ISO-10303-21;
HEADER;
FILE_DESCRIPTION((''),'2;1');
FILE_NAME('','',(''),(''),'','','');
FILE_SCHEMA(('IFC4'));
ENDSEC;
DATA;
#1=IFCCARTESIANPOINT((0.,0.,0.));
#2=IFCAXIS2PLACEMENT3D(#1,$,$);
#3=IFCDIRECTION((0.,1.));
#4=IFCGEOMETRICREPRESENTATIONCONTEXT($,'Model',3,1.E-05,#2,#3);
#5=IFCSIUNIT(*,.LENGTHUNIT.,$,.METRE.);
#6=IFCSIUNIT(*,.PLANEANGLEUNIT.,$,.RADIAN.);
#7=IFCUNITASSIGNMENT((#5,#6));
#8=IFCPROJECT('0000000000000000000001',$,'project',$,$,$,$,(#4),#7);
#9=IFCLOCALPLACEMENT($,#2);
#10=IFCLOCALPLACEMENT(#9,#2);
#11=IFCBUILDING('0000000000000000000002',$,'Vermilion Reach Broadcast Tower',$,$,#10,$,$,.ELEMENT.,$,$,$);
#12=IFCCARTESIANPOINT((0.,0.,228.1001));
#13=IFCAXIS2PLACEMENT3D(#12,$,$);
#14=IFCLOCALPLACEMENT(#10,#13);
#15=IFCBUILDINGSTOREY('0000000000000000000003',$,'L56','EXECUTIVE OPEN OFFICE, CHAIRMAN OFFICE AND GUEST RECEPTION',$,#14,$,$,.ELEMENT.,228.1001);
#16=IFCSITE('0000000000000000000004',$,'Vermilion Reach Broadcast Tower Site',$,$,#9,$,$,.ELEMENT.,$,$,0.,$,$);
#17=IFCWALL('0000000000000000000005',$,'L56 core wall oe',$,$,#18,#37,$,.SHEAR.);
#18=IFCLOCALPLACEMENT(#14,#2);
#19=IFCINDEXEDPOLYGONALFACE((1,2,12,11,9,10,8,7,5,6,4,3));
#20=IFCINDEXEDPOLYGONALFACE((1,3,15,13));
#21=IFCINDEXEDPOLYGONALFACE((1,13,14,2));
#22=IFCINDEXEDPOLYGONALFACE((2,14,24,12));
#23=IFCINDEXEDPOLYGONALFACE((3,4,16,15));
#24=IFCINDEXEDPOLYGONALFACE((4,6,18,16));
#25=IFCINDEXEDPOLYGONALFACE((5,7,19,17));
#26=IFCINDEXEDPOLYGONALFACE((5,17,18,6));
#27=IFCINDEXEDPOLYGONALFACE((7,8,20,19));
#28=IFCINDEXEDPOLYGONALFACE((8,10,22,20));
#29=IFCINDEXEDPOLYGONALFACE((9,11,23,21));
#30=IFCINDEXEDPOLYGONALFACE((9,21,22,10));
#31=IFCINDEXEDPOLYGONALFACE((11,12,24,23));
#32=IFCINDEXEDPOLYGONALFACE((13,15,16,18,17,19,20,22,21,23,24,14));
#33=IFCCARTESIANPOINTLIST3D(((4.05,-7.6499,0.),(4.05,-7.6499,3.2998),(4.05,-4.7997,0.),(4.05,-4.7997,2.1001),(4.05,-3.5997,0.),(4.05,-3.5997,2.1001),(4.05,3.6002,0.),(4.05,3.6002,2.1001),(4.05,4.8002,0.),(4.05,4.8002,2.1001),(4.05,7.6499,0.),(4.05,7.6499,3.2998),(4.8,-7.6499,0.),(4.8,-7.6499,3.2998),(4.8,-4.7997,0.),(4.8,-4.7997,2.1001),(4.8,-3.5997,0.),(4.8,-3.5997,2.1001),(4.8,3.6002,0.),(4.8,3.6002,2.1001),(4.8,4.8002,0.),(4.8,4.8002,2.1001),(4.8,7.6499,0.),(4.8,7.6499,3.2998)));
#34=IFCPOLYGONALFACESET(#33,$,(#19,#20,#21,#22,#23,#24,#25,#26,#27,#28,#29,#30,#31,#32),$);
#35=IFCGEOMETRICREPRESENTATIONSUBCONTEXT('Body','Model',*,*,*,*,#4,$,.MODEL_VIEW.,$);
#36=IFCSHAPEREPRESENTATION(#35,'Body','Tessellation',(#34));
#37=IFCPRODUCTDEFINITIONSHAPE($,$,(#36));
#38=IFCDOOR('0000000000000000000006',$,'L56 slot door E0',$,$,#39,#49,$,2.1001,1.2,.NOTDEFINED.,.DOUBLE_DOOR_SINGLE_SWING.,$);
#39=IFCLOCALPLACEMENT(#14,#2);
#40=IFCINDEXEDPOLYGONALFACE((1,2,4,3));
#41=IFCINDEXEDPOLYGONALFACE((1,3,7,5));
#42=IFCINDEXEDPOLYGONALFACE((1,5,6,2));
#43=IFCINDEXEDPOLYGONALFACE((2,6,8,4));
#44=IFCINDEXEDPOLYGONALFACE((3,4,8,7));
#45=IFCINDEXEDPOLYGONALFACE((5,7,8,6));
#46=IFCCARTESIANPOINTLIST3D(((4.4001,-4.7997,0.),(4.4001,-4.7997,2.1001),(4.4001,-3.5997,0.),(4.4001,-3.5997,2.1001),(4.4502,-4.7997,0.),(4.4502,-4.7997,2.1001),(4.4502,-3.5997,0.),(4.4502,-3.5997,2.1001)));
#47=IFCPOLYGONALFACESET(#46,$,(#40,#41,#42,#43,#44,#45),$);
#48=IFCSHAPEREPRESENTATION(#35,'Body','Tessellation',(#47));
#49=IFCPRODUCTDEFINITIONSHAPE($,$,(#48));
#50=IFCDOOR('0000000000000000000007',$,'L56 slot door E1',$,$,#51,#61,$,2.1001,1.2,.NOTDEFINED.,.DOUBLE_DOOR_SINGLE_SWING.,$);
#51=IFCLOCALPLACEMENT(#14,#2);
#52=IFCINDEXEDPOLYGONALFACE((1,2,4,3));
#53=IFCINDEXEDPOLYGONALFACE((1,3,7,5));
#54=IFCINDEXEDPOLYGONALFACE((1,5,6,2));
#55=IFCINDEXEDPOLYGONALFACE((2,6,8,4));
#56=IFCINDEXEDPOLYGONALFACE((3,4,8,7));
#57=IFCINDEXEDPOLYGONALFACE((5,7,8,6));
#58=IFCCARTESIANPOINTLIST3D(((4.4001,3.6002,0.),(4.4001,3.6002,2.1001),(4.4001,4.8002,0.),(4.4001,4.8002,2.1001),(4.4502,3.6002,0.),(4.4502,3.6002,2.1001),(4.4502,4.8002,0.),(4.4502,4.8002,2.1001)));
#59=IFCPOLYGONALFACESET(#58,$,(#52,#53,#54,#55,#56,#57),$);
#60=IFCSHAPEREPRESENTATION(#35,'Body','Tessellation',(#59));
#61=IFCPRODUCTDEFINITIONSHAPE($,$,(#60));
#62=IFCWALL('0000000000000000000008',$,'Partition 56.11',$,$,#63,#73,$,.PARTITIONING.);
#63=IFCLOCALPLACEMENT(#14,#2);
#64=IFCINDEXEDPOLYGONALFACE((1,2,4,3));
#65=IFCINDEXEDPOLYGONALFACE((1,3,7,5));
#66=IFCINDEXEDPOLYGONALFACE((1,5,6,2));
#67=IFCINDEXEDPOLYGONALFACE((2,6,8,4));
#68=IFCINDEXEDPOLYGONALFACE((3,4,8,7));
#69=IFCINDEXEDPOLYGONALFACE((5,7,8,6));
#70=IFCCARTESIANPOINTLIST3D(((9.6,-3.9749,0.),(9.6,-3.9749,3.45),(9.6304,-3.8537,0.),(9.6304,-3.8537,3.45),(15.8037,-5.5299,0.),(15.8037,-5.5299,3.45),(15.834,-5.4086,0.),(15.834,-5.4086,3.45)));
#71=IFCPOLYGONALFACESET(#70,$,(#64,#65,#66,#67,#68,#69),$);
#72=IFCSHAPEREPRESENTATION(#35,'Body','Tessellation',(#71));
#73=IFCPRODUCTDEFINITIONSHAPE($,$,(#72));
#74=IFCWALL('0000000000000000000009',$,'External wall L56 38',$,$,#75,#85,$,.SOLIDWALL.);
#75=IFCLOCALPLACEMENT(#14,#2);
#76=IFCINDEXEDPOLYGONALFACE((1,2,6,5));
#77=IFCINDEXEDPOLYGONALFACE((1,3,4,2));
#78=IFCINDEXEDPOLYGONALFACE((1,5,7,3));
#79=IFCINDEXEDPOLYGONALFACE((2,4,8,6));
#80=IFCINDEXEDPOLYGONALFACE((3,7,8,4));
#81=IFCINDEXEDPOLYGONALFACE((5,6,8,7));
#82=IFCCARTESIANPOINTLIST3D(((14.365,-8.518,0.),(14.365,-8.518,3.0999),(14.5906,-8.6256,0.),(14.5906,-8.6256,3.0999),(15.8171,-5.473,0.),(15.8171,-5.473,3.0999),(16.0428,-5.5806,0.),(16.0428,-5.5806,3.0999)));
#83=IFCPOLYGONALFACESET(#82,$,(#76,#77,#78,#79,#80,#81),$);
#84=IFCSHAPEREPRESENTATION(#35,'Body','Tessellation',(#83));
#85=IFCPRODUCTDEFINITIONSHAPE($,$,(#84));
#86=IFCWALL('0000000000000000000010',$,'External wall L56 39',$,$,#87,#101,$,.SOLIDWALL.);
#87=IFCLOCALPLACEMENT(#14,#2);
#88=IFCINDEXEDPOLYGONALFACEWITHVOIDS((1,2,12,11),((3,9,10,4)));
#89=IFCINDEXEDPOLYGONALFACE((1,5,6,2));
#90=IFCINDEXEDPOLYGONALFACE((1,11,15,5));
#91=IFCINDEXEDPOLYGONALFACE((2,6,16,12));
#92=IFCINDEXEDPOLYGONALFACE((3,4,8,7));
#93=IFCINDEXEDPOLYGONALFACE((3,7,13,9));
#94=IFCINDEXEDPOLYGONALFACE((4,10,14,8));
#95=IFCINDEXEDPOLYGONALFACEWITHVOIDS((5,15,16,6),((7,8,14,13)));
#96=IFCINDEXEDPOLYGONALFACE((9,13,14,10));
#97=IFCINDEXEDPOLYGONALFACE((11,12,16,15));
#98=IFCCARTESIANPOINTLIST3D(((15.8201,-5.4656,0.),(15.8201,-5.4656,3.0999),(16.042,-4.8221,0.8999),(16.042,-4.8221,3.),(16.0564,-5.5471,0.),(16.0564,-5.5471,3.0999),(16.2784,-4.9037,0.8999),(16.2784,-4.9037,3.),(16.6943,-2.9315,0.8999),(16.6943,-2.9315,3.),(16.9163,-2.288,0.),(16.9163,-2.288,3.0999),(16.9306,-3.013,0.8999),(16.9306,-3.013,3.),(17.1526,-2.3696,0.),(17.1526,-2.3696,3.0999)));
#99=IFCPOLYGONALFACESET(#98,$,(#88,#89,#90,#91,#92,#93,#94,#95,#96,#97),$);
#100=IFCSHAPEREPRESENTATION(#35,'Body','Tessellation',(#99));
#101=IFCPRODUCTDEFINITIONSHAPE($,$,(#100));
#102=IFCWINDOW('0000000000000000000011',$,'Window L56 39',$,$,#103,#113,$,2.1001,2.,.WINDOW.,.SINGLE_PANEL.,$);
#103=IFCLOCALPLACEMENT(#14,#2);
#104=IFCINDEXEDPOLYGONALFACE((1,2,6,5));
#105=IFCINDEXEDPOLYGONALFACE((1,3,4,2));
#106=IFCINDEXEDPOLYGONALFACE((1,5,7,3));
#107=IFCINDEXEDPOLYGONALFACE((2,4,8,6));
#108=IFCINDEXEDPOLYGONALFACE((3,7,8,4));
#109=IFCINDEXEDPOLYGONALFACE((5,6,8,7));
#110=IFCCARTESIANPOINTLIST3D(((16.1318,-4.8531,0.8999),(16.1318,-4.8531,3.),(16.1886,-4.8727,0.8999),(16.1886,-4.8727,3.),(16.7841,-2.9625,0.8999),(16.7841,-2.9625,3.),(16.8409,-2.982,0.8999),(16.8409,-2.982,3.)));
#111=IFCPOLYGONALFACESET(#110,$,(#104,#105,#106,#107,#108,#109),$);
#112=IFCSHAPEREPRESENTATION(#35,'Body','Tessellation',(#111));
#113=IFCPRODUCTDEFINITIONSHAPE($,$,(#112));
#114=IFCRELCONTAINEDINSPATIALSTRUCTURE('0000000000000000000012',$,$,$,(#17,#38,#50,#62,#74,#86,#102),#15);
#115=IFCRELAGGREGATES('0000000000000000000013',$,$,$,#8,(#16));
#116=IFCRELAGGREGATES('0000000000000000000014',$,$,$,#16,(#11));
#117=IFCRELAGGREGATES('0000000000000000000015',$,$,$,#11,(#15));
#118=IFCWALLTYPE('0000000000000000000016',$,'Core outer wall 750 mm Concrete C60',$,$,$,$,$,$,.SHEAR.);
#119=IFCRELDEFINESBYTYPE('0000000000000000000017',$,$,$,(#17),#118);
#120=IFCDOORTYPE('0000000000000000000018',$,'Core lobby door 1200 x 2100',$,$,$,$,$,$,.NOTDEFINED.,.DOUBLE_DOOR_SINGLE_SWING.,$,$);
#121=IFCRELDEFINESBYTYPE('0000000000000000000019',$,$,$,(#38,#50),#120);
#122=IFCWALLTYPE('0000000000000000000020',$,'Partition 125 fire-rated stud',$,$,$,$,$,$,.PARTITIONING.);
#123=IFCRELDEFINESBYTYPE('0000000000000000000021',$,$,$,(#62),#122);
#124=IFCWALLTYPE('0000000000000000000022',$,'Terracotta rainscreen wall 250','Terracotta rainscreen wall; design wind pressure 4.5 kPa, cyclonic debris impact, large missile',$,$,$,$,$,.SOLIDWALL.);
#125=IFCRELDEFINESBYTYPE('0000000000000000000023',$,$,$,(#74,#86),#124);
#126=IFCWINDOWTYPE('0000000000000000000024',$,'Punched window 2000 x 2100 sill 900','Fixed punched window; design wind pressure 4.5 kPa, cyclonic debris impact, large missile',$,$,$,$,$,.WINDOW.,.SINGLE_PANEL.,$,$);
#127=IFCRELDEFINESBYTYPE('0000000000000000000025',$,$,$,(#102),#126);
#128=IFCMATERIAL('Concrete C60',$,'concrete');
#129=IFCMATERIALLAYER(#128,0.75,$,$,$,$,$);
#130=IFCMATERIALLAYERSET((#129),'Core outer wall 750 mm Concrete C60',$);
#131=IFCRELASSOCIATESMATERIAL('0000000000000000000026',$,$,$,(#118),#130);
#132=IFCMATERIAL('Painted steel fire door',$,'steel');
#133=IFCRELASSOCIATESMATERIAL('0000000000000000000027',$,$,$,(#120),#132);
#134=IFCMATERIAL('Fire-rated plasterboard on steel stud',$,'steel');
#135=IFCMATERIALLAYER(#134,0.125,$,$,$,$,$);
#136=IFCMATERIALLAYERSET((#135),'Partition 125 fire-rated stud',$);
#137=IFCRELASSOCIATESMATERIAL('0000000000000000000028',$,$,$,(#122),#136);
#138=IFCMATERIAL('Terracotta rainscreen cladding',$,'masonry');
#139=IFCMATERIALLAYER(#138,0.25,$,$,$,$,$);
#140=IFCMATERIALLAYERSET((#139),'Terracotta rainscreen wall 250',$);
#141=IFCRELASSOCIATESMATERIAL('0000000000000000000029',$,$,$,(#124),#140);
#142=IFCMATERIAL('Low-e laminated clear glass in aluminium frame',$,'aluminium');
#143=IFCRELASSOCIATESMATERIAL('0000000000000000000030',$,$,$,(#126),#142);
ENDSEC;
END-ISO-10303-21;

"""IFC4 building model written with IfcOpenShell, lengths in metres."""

from ifc_helpers import new_model, si_unit, direction, frame, frame_2d, origin, place, context, subcontext, project, spatial, rectangle, extrude, material, layer, layer_set, type_object, element, fill, save


model = new_model("IFC4")

# Units and contexts
model_context = context("Model", 3, precision=1e-05, world=origin(), true_north=direction((0.0, 1.0)))
body_context = subcontext(model_context, "Body", "Model", "MODEL_VIEW")
ifc_project = project(units=[si_unit("LENGTHUNIT", "METRE"), si_unit("PLANEANGLEUNIT", "RADIAN")], contexts=[model_context])

# Site, building, storey
site_placement = place(None, origin())
site = spatial("IfcSite", under=ifc_project, at=site_placement, Name="Vermilion Reach Broadcast Tower Site", CompositionType="ELEMENT", RefElevation=0.0)
building_placement = place(site_placement, origin())
building = spatial("IfcBuilding", under=site, at=building_placement, Name="Vermilion Reach Broadcast Tower", CompositionType="ELEMENT")
storey_placement = place(building_placement, frame((0.0, 0.0, 228.1001)))
storey = spatial("IfcBuildingStorey", under=building, at=storey_placement, Name="L56", Description="EXECUTIVE OPEN OFFICE, CHAIRMAN OFFICE AND GUEST RECEPTION", CompositionType="ELEMENT", Elevation=228.1001)

# Wall, openings, doors
ifc_material_1 = material(Name="Concrete C60", Category="concrete")
ifc_layer_1 = layer(ifc_material_1, 0.75)
ifc_layer_set_1 = layer_set([ifc_layer_1], Name="Core outer wall 750 mm Concrete C60")
wall_type_1 = type_object("IfcWallType", Name="Core outer wall 750 mm Concrete C60", PredefinedType="SHEAR", material=ifc_layer_set_1)
wall_1_placement = place(storey_placement, frame((4.425, -7.6499, 0.0), z_axis=(0.0, 0.0, 1.0), x_axis=(0.0, 1.0, 0.0)))
wall_1 = element("IfcWall", 1, at=wall_1_placement, inside=storey, type_object=wall_type_1, Name="L56 core wall oe", PredefinedType="SHEAR", context=body_context, shape_type="SweptSolid", body=[
    extrude(rectangle(XDim=15.2998, YDim=0.75, at=frame_2d((7.6499, 0.0))), origin(), (0.0, 0.0, 1.0), 3.2998),
])
opening_1_placement = place(wall_1_placement, frame((2.8501, 0.0, 0.0)))
opening_1 = element("IfcOpeningElement", 2, at=opening_1_placement, cuts=wall_1, PredefinedType="OPENING", context=body_context, shape_type="SweptSolid", body=[
    extrude(rectangle(XDim=1.2, YDim=2.1001, at=frame_2d((0.6001, 1.05))), frame((0.0, 0.385, 0.0), z_axis=(0.0, -1.0, 0.0), x_axis=(1.0, 0.0, 0.0)), (0.0, 0.0, 1.0), 0.77),
])
opening_2_placement = place(wall_1_placement, frame((11.25, 0.0, 0.0)))
opening_2 = element("IfcOpeningElement", 3, at=opening_2_placement, cuts=wall_1, PredefinedType="OPENING", context=body_context, shape_type="SweptSolid", body=[
    extrude(rectangle(XDim=1.2, YDim=2.1001, at=frame_2d((0.6001, 1.05))), frame((0.0, 0.385, 0.0), z_axis=(0.0, -1.0, 0.0), x_axis=(1.0, 0.0, 0.0)), (0.0, 0.0, 1.0), 0.77),
])
ifc_material_2 = material(Name="Painted steel fire door", Category="steel")
door_type_1 = type_object("IfcDoorType", Name="Core lobby door 1200 x 2100", OperationType="DOUBLE_DOOR_SINGLE_SWING", PredefinedType="NOTDEFINED", material=ifc_material_2)
door_1_placement = place(opening_1_placement, origin())
door_1 = element("IfcDoor", 4, at=door_1_placement, inside=storey, type_object=door_type_1, Name="L56 slot door E0", OperationType="DOUBLE_DOOR_SINGLE_SWING", OverallHeight=2.1001, OverallWidth=1.2, PredefinedType="NOTDEFINED", context=body_context, shape_type="SweptSolid", body=[
    extrude(rectangle(XDim=1.2, YDim=2.1001, at=frame_2d((0.6001, 1.05))), frame((0.0, 0.0249, 0.0), z_axis=(0.0, -1.0, 0.0), x_axis=(1.0, 0.0, 0.0)), (0.0, 0.0, 1.0), 0.05),
])
fill(opening_1, door_1)
door_2_placement = place(opening_2_placement, origin())
door_2 = element("IfcDoor", 5, at=door_2_placement, inside=storey, type_object=door_type_1, Name="L56 slot door E1", OperationType="DOUBLE_DOOR_SINGLE_SWING", OverallHeight=2.1001, OverallWidth=1.2, PredefinedType="NOTDEFINED", context=body_context, shape_type="SweptSolid", body=[
    extrude(rectangle(XDim=1.2, YDim=2.1001, at=frame_2d((0.6001, 1.05))), frame((0.0, 0.0249, 0.0), z_axis=(0.0, -1.0, 0.0), x_axis=(1.0, 0.0, 0.0)), (0.0, 0.0, 1.0), 0.05),
])
fill(opening_2, door_2)

# Walls
ifc_material_3 = material(Name="Fire-rated plasterboard on steel stud", Category="steel")
ifc_layer_2 = layer(ifc_material_3, 0.125)
ifc_layer_set_2 = layer_set([ifc_layer_2], Name="Partition 125 fire-rated stud")
wall_type_2 = type_object("IfcWallType", Name="Partition 125 fire-rated stud", PredefinedType="PARTITIONING", material=ifc_layer_set_2)
wall_2_placement = place(storey_placement, frame((15.8188, -5.4692, 0.0), z_axis=(0.0, 0.0, 1.0), x_axis=(-0.969994, 0.243128, 0.0)))
element("IfcWall", 6, at=wall_2_placement, inside=storey, type_object=wall_type_2, Name="Partition 56.11", PredefinedType="PARTITIONING", context=body_context, shape_type="SweptSolid", body=[
    extrude(rectangle(XDim=6.3955, YDim=0.125, at=frame_2d((3.1978, 0.0))), origin(), (0.0, 0.0, 1.0), 3.45),
])
ifc_material_4 = material(Name="Terracotta rainscreen cladding", Category="masonry")
ifc_layer_3 = layer(ifc_material_4, 0.25)
ifc_layer_set_3 = layer_set([ifc_layer_3], Name="Terracotta rainscreen wall 250")
wall_type_3 = type_object("IfcWallType", Name="Terracotta rainscreen wall 250", Description="Terracotta rainscreen wall; design wind pressure 4.5 kPa, cyclonic debris impact, large missile", PredefinedType="SOLIDWALL", material=ifc_layer_set_3)
wall_3_placement = place(storey_placement, frame((14.4778, -8.5718, 0.0), z_axis=(0.0, 0.0, 1.0), x_axis=(0.430462, 0.902609, 0.0)))
element("IfcWall", 7, at=wall_3_placement, inside=storey, type_object=wall_type_3, Name="External wall L56 38", PredefinedType="SOLIDWALL", context=body_context, shape_type="SweptSolid", body=[
    extrude(rectangle(XDim=3.3735, YDim=0.25, at=frame_2d((1.6868, 0.0))), origin(), (0.0, 0.0, 1.0), 3.0999),
])

# Wall, opening, window
wall_4_placement = place(storey_placement, frame((15.9382, -5.5063, 0.0), z_axis=(0.0, 0.0, 1.0), x_axis=(0.326125, 0.945327, 0.0)))
wall_4 = element("IfcWall", 8, at=wall_4_placement, inside=storey, type_object=wall_type_3, Name="External wall L56 39", PredefinedType="SOLIDWALL", context=body_context, shape_type="SweptSolid", body=[
    extrude(rectangle(XDim=3.3613, YDim=0.25, at=frame_2d((1.6807, 0.0))), origin(), (0.0, 0.0, 1.0), 3.0999),
])
opening_3_placement = place(wall_4_placement, frame((0.6807, 0.0, 0.8999)))
opening_3 = element("IfcOpeningElement", 9, at=opening_3_placement, cuts=wall_4, PredefinedType="OPENING", context=body_context, shape_type="SweptSolid", body=[
    extrude(rectangle(XDim=2.0, YDim=2.1001, at=frame_2d((1.0, 1.05))), frame((0.0, 0.135, 0.0), z_axis=(0.0, -1.0, 0.0), x_axis=(1.0, 0.0, 0.0)), (0.0, 0.0, 1.0), 0.27),
])
ifc_material_5 = material(Name="Low-e laminated clear glass in aluminium frame", Category="aluminium")
window_type = type_object("IfcWindowType", Name="Punched window 2000 x 2100 sill 900", Description="Fixed punched window; design wind pressure 4.5 kPa, cyclonic debris impact, large missile", PartitioningType="SINGLE_PANEL", PredefinedType="WINDOW", material=ifc_material_5)
window_placement = place(opening_3_placement, origin())
window = element("IfcWindow", 10, at=window_placement, inside=storey, type_object=window_type, Name="Window L56 39", OverallHeight=2.1001, OverallWidth=2.0, PartitioningType="SINGLE_PANEL", PredefinedType="WINDOW", context=body_context, shape_type="SweptSolid", body=[
    extrude(rectangle(XDim=2.0, YDim=2.1001, at=frame_2d((1.0, 1.05))), frame((0.0, 0.03, 0.0), z_axis=(0.0, -1.0, 0.0), x_axis=(1.0, 0.0, 0.0)), (0.0, 0.0, 1.0), 0.0601),
])
fill(opening_3, window)

save(model, "model.ifc")
